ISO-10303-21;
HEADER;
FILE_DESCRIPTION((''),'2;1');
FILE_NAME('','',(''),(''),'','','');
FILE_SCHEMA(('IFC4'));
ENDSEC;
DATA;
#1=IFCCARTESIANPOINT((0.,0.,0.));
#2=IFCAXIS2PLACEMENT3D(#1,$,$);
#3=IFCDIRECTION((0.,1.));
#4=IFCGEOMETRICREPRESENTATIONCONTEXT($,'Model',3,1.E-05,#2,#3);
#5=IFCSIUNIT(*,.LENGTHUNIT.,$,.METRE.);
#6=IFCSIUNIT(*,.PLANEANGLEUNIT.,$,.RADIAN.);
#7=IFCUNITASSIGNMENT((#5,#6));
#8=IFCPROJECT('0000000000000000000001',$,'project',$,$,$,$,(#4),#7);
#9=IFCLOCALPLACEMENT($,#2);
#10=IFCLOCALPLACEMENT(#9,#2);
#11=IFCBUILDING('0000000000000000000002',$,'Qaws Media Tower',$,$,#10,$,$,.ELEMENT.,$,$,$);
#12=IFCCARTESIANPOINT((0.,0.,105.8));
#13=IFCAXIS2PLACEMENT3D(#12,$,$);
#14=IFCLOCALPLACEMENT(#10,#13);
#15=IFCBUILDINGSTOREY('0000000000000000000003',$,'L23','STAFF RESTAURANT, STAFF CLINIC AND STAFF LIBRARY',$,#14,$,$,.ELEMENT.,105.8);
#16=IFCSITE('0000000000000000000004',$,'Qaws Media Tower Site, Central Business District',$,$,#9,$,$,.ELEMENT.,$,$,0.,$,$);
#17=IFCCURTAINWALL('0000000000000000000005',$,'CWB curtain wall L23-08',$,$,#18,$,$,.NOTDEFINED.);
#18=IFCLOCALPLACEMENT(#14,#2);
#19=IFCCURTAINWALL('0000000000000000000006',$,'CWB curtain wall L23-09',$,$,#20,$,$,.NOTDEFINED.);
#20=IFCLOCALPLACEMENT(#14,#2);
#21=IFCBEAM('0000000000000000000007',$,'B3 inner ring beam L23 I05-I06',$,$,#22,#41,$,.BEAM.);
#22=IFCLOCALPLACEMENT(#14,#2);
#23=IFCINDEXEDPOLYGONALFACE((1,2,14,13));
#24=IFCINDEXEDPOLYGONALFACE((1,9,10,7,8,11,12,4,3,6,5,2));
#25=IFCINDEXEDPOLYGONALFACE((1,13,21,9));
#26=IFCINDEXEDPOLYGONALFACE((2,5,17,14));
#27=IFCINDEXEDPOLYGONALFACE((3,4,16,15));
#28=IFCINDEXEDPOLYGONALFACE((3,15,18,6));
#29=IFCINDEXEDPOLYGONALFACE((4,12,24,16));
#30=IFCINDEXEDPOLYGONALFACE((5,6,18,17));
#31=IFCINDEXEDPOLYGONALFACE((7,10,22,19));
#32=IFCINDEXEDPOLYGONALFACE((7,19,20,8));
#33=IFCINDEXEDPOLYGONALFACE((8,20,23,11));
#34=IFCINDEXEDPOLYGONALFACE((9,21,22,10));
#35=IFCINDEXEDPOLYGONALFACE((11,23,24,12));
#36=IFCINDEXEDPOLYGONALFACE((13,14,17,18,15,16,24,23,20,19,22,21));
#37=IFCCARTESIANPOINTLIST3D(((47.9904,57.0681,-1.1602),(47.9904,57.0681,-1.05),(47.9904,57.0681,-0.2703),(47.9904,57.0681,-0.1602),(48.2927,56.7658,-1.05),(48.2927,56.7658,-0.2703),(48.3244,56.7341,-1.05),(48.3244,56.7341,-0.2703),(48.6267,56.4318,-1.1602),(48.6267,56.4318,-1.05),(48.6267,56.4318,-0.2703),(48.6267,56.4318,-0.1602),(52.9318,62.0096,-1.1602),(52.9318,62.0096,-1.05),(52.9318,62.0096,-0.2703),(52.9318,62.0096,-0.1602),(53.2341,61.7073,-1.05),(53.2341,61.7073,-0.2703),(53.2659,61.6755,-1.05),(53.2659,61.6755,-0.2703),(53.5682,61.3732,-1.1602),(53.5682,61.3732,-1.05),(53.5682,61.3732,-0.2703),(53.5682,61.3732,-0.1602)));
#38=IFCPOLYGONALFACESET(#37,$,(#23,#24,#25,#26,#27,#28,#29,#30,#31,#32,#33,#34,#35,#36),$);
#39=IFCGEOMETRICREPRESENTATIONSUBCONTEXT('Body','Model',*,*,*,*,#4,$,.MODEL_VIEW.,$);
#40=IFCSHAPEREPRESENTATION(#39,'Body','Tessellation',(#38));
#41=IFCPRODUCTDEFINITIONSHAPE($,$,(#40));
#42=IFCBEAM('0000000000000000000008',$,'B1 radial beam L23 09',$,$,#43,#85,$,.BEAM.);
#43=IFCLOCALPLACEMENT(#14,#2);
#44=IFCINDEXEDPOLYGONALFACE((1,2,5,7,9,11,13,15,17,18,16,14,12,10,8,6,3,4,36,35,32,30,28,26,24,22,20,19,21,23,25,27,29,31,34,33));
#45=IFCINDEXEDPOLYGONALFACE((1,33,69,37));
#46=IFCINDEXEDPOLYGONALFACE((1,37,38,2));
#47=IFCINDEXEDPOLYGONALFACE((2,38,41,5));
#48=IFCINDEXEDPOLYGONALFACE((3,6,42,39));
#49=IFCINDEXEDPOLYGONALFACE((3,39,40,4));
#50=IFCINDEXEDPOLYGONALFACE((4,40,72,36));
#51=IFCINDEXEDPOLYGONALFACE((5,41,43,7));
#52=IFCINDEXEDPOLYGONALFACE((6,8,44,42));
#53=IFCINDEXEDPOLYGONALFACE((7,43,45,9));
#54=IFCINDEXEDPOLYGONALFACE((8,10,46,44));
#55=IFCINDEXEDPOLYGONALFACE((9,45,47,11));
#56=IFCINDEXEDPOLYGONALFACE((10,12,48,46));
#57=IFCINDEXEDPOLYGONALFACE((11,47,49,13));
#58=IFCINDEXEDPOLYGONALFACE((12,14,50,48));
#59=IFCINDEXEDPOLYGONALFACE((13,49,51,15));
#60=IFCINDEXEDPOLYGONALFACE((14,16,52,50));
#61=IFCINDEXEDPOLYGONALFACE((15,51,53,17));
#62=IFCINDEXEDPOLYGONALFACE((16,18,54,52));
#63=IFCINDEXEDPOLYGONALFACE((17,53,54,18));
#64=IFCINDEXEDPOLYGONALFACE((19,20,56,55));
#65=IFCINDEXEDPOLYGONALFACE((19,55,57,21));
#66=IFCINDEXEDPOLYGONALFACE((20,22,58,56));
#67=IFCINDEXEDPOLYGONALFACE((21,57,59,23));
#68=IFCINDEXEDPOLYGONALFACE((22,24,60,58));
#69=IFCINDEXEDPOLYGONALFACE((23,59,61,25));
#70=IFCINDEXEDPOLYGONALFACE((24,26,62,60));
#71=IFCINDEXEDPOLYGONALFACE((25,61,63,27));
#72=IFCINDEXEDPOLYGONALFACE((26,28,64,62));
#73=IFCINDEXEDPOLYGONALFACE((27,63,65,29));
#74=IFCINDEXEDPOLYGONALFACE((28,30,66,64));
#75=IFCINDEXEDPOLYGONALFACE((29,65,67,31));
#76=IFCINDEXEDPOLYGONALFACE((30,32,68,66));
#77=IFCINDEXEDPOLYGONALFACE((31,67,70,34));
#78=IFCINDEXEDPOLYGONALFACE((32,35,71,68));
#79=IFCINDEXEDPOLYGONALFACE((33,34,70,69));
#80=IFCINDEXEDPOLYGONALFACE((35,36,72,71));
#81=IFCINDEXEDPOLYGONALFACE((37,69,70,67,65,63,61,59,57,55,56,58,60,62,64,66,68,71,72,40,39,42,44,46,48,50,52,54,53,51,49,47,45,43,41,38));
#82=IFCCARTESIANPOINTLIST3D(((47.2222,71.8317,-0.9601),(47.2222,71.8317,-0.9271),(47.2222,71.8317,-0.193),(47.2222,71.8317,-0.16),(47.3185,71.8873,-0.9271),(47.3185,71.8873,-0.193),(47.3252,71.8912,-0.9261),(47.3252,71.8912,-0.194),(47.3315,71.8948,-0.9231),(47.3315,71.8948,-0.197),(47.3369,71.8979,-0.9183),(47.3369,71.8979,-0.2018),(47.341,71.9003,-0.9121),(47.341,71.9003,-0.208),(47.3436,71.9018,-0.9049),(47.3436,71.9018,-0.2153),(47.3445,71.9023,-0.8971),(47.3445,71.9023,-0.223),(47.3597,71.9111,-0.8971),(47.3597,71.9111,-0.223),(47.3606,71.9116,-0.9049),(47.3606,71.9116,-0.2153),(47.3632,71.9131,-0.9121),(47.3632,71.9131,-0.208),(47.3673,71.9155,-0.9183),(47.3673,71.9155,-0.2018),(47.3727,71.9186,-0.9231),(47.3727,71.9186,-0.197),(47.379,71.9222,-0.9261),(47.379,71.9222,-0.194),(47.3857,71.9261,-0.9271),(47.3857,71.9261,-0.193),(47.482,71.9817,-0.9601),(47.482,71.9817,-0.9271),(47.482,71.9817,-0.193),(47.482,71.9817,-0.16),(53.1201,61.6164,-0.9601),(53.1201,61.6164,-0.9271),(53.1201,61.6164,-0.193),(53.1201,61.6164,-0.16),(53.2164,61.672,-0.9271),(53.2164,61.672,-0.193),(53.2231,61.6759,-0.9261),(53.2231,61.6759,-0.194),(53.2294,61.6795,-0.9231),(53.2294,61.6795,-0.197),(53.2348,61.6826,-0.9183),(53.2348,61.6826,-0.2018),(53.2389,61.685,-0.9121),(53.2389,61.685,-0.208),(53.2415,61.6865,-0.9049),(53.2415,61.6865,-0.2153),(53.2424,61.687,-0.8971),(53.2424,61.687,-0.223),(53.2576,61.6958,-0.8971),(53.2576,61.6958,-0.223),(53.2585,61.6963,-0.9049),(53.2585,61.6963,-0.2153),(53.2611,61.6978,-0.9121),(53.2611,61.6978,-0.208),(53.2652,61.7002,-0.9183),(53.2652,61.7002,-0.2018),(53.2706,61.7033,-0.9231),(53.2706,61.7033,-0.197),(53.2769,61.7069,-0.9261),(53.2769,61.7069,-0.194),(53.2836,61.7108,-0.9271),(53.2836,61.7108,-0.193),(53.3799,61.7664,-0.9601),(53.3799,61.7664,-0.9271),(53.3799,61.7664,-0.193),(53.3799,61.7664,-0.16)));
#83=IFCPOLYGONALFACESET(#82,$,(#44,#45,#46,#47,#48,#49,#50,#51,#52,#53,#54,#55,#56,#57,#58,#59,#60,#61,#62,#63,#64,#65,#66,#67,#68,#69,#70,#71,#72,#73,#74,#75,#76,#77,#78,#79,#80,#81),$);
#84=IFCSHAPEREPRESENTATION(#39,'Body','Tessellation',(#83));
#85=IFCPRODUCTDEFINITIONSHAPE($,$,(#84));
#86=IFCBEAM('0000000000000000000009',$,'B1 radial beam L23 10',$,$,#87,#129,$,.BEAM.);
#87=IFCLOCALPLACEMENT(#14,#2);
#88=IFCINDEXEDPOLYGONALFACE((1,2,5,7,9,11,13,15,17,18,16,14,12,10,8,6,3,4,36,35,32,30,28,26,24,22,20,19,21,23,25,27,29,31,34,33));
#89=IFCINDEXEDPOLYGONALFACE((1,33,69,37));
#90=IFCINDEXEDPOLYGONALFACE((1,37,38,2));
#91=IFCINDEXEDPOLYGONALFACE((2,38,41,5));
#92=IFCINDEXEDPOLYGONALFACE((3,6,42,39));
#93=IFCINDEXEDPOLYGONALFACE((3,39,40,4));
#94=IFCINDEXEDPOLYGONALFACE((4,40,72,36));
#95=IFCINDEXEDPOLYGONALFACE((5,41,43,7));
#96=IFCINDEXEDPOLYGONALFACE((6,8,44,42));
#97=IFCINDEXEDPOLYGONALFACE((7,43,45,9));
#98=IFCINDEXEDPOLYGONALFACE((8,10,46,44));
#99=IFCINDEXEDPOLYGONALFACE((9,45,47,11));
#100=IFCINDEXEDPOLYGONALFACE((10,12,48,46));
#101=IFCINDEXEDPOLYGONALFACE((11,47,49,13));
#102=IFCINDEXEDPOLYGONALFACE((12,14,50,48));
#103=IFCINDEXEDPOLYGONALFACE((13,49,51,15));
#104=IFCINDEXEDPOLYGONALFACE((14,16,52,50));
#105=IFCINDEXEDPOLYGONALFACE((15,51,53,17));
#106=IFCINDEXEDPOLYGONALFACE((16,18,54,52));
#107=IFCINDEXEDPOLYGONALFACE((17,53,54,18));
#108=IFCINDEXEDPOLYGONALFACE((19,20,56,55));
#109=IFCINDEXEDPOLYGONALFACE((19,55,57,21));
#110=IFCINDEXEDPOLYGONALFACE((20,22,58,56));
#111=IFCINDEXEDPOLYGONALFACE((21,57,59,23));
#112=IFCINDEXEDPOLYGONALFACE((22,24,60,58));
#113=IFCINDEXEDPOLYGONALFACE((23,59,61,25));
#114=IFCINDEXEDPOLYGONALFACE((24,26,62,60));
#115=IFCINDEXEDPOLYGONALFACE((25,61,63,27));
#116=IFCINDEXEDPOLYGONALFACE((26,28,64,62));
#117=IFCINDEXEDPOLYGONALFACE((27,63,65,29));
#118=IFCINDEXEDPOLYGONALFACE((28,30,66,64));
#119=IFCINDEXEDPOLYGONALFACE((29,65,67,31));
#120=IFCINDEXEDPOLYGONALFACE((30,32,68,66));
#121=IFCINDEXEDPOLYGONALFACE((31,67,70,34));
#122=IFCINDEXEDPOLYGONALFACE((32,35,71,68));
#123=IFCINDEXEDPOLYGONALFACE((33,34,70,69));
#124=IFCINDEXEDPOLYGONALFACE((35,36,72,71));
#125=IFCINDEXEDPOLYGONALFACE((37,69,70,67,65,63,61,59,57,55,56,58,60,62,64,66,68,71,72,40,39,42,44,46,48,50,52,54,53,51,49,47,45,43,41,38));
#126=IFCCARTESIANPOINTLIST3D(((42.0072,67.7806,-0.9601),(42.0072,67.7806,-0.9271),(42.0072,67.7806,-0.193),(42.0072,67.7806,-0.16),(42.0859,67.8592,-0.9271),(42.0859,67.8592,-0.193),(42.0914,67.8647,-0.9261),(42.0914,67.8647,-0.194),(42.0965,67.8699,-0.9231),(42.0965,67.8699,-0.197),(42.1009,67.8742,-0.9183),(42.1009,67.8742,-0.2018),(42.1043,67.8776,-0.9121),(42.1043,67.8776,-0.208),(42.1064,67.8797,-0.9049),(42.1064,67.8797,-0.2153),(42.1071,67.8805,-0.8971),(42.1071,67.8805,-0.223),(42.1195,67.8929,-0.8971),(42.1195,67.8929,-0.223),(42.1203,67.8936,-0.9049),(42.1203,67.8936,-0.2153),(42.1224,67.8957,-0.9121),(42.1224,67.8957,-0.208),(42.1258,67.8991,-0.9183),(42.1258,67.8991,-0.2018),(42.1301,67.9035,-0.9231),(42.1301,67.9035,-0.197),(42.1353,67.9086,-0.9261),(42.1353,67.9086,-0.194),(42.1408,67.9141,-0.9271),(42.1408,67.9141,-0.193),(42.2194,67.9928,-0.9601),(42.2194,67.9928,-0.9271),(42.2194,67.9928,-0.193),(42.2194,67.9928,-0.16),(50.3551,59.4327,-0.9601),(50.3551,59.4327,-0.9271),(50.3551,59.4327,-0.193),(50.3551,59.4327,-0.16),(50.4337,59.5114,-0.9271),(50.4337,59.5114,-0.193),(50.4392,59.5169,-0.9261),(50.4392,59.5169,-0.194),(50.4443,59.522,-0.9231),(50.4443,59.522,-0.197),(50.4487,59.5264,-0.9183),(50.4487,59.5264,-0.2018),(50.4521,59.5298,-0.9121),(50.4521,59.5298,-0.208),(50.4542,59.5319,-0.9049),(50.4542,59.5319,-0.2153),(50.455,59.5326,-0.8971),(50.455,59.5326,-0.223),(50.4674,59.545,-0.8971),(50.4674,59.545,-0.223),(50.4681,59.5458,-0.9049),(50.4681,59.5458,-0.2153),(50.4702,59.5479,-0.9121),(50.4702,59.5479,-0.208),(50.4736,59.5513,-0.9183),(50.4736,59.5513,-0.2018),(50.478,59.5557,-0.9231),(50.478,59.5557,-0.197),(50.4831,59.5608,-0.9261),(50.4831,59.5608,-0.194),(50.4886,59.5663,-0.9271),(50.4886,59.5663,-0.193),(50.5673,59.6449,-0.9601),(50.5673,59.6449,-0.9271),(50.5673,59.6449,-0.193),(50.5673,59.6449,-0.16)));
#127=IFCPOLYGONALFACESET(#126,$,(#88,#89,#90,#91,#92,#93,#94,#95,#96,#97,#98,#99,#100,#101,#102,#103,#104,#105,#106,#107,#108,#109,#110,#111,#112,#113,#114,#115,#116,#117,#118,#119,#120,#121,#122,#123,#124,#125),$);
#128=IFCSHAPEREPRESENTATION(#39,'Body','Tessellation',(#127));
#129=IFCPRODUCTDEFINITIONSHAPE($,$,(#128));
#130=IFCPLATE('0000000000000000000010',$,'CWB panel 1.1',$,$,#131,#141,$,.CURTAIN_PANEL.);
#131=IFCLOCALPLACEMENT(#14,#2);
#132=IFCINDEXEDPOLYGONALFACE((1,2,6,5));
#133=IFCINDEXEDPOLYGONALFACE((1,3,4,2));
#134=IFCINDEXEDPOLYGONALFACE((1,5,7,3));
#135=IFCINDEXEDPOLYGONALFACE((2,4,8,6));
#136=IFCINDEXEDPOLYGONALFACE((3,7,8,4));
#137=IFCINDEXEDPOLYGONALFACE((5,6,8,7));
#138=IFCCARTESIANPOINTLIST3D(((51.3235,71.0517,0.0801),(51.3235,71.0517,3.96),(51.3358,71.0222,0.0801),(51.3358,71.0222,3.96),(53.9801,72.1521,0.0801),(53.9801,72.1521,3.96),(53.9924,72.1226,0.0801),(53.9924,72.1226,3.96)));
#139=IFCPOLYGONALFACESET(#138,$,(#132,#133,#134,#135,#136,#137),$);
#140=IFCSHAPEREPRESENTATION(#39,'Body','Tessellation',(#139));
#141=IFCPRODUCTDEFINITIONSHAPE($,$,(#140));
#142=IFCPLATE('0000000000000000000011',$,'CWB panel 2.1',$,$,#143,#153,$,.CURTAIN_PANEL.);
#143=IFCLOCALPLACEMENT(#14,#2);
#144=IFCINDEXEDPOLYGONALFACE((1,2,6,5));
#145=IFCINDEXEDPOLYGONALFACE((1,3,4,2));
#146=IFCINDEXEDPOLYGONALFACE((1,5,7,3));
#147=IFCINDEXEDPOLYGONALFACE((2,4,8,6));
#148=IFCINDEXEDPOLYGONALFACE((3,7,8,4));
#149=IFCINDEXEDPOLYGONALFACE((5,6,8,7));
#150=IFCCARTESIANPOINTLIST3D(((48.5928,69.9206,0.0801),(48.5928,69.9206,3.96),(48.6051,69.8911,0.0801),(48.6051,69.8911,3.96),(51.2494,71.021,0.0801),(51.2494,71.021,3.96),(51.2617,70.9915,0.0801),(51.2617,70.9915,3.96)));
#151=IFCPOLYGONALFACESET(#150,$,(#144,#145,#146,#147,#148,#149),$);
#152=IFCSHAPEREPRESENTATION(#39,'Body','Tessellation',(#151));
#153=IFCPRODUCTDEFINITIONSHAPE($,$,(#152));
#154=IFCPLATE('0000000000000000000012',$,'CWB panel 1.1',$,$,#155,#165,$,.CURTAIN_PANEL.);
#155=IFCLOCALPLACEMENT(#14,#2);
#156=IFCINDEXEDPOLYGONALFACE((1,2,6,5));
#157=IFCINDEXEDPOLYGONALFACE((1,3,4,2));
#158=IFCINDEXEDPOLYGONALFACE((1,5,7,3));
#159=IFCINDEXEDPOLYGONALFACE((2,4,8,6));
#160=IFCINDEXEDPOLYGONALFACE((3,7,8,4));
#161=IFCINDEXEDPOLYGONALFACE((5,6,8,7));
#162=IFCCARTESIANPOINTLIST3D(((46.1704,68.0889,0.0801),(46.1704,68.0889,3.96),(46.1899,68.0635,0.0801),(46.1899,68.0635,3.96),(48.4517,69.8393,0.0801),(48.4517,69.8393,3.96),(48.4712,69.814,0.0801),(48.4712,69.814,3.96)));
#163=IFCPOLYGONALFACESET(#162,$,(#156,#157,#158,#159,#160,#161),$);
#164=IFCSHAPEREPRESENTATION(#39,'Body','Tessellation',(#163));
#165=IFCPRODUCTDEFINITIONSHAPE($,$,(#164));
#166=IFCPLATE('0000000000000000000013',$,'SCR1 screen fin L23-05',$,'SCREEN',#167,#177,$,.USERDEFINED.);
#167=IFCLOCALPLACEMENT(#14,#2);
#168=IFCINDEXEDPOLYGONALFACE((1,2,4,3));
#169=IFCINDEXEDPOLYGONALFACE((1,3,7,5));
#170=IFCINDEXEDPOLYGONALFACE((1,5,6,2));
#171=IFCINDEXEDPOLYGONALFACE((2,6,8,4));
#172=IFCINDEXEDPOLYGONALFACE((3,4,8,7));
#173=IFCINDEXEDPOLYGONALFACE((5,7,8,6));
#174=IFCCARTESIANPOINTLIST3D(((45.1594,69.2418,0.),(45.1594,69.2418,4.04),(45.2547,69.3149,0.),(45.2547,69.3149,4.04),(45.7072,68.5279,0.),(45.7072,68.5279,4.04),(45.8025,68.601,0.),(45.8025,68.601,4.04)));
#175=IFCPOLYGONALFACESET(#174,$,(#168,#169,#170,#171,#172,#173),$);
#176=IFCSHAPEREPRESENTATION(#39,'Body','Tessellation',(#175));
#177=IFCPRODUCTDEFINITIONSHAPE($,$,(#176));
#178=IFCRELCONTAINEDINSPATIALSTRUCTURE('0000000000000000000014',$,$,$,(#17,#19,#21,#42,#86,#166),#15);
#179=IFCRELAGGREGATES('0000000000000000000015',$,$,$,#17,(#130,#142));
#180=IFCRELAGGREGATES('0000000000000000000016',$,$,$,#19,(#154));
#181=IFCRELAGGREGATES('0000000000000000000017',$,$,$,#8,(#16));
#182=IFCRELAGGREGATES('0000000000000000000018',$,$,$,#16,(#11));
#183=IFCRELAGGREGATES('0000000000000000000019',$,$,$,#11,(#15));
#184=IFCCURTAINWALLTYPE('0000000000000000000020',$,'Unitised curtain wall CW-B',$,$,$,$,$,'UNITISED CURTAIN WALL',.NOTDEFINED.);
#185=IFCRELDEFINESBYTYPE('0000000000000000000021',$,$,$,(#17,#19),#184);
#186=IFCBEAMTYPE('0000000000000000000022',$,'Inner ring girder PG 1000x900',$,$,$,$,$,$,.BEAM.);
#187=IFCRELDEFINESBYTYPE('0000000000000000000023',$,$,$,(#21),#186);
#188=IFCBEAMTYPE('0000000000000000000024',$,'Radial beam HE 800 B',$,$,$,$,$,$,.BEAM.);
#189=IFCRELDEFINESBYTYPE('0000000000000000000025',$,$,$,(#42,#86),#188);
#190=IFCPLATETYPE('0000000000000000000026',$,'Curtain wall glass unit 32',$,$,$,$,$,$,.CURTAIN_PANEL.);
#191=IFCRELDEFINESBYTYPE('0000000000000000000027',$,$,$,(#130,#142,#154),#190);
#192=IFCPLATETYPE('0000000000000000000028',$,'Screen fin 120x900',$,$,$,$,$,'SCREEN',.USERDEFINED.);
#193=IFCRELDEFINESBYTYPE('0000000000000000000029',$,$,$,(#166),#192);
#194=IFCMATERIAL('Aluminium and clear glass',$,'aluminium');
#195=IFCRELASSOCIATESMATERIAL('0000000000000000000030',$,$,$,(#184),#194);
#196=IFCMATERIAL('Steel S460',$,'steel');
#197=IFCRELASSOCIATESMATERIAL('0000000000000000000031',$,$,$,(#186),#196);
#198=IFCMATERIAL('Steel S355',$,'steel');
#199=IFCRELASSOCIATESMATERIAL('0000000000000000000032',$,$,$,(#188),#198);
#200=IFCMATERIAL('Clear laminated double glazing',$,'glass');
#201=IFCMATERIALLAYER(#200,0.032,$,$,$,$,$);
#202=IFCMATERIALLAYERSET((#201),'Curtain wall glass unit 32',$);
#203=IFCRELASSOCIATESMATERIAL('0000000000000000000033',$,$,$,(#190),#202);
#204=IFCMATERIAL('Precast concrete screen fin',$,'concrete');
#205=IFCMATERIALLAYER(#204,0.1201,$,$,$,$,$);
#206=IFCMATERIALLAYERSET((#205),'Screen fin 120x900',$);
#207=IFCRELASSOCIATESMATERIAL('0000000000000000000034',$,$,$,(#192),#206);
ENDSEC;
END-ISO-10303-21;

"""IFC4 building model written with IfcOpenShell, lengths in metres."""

from ifc_helpers import new_model, si_unit, direction, frame, origin, origin_2d, place, context, subcontext, project, spatial, rectangle, i_section, extrude, material, layer, layer_set, material_profile, profile_set, type_object, element, aggregate, save


model = new_model("IFC4")

# Units and contexts
model_context = context("Model", 3, precision=1e-05, world=origin(), true_north=direction((0.0, 1.0)))
body_context = subcontext(model_context, "Body", "Model", "MODEL_VIEW")
ifc_project = project(units=[si_unit("LENGTHUNIT", "METRE"), si_unit("PLANEANGLEUNIT", "RADIAN")], contexts=[model_context])

# Site, building, storey
site_placement = place(None, origin())
site = spatial("IfcSite", under=ifc_project, at=site_placement, Name="Qaws Media Tower Site, Central Business District", CompositionType="ELEMENT", RefElevation=0.0)
building_placement = place(site_placement, origin())
building = spatial("IfcBuilding", under=site, at=building_placement, Name="Qaws Media Tower", CompositionType="ELEMENT")
storey_placement = place(building_placement, frame((0.0, 0.0, 105.8)))
storey = spatial("IfcBuildingStorey", under=building, at=storey_placement, Name="L23", Description="STAFF RESTAURANT, STAFF CLINIC AND STAFF LIBRARY", CompositionType="ELEMENT", Elevation=105.8)

# Curtain walls
ifc_material_1 = material(Name="Aluminium and clear glass", Category="aluminium")
curtain_wall_type = type_object("IfcCurtainWallType", Name="Unitised curtain wall CW-B", ElementType="UNITISED CURTAIN WALL", PredefinedType="NOTDEFINED", material=ifc_material_1)
curtain_wall_1_placement = place(storey_placement, origin())
curtain_wall_1 = element("IfcCurtainWall", 1, at=curtain_wall_1_placement, inside=storey, type_object=curtain_wall_type, Name="CWB curtain wall L23-08", PredefinedType="NOTDEFINED")
curtain_wall_2_placement = place(storey_placement, origin())
curtain_wall_2 = element("IfcCurtainWall", 2, at=curtain_wall_2_placement, inside=storey, type_object=curtain_wall_type, Name="CWB curtain wall L23-09", PredefinedType="NOTDEFINED")

# Beams
ifc_material_2 = material(Name="Steel S460", Category="steel")
ifc_material_profile_1 = material_profile(ifc_material_2, i_section(OverallWidth=0.8999, OverallDepth=1.0, WebThickness=0.0449, FlangeThickness=0.1101, at=origin_2d()), Name="PG 1000x900")
ifc_profile_set_1 = profile_set([ifc_material_profile_1], Name="Steel S460")
beam_type_1 = type_object("IfcBeamType", Name="Inner ring girder PG 1000x900", PredefinedType="BEAM", material=ifc_profile_set_1)
beam_1_placement = place(storey_placement, frame((53.25, 61.6914, -0.6602), z_axis=(-0.707107, -0.707107, 0.0), x_axis=(0.707107, -0.707107, 0.0)))
element("IfcBeam", 3, at=beam_1_placement, inside=storey, type_object=beam_type_1, Name="B3 inner ring beam L23 I05-I06", PredefinedType="BEAM", context=body_context, shape_type="SweptSolid", body=[
    extrude(i_section(OverallWidth=0.8999, OverallDepth=1.0, WebThickness=0.0449, FlangeThickness=0.1101, at=origin_2d()), origin(), (0.0, 0.0, 1.0), 6.9883),
])
ifc_material_3 = material(Name="Steel S355", Category="steel")
ifc_material_profile_2 = material_profile(ifc_material_3, i_section(OverallWidth=0.3, OverallDepth=0.8, WebThickness=0.0176, FlangeThickness=0.033, FilletRadius=0.03, at=origin_2d()), Name="HE 800 B")
ifc_profile_set_2 = profile_set([ifc_material_profile_2], Name="Steel S355")
beam_type_2 = type_object("IfcBeamType", Name="Radial beam HE 800 B", PredefinedType="BEAM", material=ifc_profile_set_2)
beam_2_placement = place(storey_placement, frame((53.25, 61.6914, -0.5601), z_axis=(-0.500008, 0.866021, 0.0), x_axis=(-0.866021, -0.500008, 0.0)))
element("IfcBeam", 4, at=beam_2_placement, inside=storey, type_object=beam_type_2, Name="B1 radial beam L23 09", PredefinedType="BEAM", context=body_context, shape_type="SweptSolid", body=[
    extrude(i_section(OverallWidth=0.3, OverallDepth=0.8, WebThickness=0.0176, FlangeThickness=0.033, FilletRadius=0.03, at=origin_2d()), origin(), (0.0, 0.0, 1.0), 11.7957),
])
beam_3_placement = place(storey_placement, frame((50.4612, 59.5388, -0.5601), z_axis=(-0.707107, 0.707107, 0.0), x_axis=(-0.707107, -0.707107, 0.0)))
element("IfcBeam", 5, at=beam_3_placement, inside=storey, type_object=beam_type_2, Name="B1 radial beam L23 10", PredefinedType="BEAM", context=body_context, shape_type="SweptSolid", body=[
    extrude(i_section(OverallWidth=0.3, OverallDepth=0.8, WebThickness=0.0176, FlangeThickness=0.033, FilletRadius=0.03, at=origin_2d()), origin(), (0.0, 0.0, 1.0), 11.8057),
])

# Plates
ifc_material_4 = material(Name="Clear laminated double glazing", Category="glass")
ifc_layer_1 = layer(ifc_material_4, 0.032)
ifc_layer_set_1 = layer_set([ifc_layer_1], Name="Curtain wall glass unit 32")
plate_type_1 = type_object("IfcPlateType", Name="Curtain wall glass unit 32", PredefinedType="CURTAIN_PANEL", material=ifc_layer_set_1)
plate_1_placement = place(storey_placement, frame((52.658, 71.5872, 0.0801), z_axis=(0.0, 0.0, 1.0), x_axis=(-0.92388, -0.382683, 0.0)))
plate_1 = element("IfcPlate", 6, at=plate_1_placement, type_object=plate_type_1, Name="CWB panel 1.1", PredefinedType="CURTAIN_PANEL", context=body_context, shape_type="SweptSolid", body=[
    extrude(rectangle(XDim=2.8755, YDim=0.032, at=origin_2d()), origin(), (0.0, 0.0, 1.0), 3.8799),
])
plate_2_placement = place(storey_placement, frame((49.9272, 70.4561, 0.0801), z_axis=(0.0, 0.0, 1.0), x_axis=(-0.92388, -0.382683, 0.0)))
plate_2 = element("IfcPlate", 7, at=plate_2_placement, type_object=plate_type_1, Name="CWB panel 2.1", PredefinedType="CURTAIN_PANEL", context=body_context, shape_type="SweptSolid", body=[
    extrude(rectangle(XDim=2.8755, YDim=0.032, at=origin_2d()), origin(), (0.0, 0.0, 1.0), 3.8799),
])
aggregate(curtain_wall_1, [plate_1, plate_2])
plate_3_placement = place(storey_placement, frame((47.3208, 68.9514, 0.0801), z_axis=(0.0, 0.0, 1.0), x_axis=(-0.793353, -0.608761, 0.0)))
plate_3 = element("IfcPlate", 8, at=plate_3_placement, type_object=plate_type_1, Name="CWB panel 1.1", PredefinedType="CURTAIN_PANEL", context=body_context, shape_type="SweptSolid", body=[
    extrude(rectangle(XDim=2.8755, YDim=0.032, at=origin_2d()), origin(), (0.0, 0.0, 1.0), 3.8799),
])
aggregate(curtain_wall_2, [plate_3])
ifc_material_5 = material(Name="Precast concrete screen fin", Category="concrete")
ifc_layer_2 = layer(ifc_material_5, 0.1201)
ifc_layer_set_2 = layer_set([ifc_layer_2], Name="Screen fin 120x900")
plate_type_2 = type_object("IfcPlateType", Name="Screen fin 120x900", ElementType="SCREEN", PredefinedType="USERDEFINED", material=ifc_layer_set_2)
plate_4_placement = place(storey_placement, frame((45.481, 68.9214, 0.0), z_axis=(0.0, 0.0, 1.0), x_axis=(-0.608761, 0.793353, 0.0)))
element("IfcPlate", 9, at=plate_4_placement, inside=storey, type_object=plate_type_2, Name="SCR1 screen fin L23-05", ObjectType="SCREEN", PredefinedType="USERDEFINED", context=body_context, shape_type="SweptSolid", body=[
    extrude(rectangle(XDim=0.8999, YDim=0.1201, at=origin_2d()), origin(), (0.0, 0.0, 1.0), 4.04),
])

save(model, "model.ifc")
